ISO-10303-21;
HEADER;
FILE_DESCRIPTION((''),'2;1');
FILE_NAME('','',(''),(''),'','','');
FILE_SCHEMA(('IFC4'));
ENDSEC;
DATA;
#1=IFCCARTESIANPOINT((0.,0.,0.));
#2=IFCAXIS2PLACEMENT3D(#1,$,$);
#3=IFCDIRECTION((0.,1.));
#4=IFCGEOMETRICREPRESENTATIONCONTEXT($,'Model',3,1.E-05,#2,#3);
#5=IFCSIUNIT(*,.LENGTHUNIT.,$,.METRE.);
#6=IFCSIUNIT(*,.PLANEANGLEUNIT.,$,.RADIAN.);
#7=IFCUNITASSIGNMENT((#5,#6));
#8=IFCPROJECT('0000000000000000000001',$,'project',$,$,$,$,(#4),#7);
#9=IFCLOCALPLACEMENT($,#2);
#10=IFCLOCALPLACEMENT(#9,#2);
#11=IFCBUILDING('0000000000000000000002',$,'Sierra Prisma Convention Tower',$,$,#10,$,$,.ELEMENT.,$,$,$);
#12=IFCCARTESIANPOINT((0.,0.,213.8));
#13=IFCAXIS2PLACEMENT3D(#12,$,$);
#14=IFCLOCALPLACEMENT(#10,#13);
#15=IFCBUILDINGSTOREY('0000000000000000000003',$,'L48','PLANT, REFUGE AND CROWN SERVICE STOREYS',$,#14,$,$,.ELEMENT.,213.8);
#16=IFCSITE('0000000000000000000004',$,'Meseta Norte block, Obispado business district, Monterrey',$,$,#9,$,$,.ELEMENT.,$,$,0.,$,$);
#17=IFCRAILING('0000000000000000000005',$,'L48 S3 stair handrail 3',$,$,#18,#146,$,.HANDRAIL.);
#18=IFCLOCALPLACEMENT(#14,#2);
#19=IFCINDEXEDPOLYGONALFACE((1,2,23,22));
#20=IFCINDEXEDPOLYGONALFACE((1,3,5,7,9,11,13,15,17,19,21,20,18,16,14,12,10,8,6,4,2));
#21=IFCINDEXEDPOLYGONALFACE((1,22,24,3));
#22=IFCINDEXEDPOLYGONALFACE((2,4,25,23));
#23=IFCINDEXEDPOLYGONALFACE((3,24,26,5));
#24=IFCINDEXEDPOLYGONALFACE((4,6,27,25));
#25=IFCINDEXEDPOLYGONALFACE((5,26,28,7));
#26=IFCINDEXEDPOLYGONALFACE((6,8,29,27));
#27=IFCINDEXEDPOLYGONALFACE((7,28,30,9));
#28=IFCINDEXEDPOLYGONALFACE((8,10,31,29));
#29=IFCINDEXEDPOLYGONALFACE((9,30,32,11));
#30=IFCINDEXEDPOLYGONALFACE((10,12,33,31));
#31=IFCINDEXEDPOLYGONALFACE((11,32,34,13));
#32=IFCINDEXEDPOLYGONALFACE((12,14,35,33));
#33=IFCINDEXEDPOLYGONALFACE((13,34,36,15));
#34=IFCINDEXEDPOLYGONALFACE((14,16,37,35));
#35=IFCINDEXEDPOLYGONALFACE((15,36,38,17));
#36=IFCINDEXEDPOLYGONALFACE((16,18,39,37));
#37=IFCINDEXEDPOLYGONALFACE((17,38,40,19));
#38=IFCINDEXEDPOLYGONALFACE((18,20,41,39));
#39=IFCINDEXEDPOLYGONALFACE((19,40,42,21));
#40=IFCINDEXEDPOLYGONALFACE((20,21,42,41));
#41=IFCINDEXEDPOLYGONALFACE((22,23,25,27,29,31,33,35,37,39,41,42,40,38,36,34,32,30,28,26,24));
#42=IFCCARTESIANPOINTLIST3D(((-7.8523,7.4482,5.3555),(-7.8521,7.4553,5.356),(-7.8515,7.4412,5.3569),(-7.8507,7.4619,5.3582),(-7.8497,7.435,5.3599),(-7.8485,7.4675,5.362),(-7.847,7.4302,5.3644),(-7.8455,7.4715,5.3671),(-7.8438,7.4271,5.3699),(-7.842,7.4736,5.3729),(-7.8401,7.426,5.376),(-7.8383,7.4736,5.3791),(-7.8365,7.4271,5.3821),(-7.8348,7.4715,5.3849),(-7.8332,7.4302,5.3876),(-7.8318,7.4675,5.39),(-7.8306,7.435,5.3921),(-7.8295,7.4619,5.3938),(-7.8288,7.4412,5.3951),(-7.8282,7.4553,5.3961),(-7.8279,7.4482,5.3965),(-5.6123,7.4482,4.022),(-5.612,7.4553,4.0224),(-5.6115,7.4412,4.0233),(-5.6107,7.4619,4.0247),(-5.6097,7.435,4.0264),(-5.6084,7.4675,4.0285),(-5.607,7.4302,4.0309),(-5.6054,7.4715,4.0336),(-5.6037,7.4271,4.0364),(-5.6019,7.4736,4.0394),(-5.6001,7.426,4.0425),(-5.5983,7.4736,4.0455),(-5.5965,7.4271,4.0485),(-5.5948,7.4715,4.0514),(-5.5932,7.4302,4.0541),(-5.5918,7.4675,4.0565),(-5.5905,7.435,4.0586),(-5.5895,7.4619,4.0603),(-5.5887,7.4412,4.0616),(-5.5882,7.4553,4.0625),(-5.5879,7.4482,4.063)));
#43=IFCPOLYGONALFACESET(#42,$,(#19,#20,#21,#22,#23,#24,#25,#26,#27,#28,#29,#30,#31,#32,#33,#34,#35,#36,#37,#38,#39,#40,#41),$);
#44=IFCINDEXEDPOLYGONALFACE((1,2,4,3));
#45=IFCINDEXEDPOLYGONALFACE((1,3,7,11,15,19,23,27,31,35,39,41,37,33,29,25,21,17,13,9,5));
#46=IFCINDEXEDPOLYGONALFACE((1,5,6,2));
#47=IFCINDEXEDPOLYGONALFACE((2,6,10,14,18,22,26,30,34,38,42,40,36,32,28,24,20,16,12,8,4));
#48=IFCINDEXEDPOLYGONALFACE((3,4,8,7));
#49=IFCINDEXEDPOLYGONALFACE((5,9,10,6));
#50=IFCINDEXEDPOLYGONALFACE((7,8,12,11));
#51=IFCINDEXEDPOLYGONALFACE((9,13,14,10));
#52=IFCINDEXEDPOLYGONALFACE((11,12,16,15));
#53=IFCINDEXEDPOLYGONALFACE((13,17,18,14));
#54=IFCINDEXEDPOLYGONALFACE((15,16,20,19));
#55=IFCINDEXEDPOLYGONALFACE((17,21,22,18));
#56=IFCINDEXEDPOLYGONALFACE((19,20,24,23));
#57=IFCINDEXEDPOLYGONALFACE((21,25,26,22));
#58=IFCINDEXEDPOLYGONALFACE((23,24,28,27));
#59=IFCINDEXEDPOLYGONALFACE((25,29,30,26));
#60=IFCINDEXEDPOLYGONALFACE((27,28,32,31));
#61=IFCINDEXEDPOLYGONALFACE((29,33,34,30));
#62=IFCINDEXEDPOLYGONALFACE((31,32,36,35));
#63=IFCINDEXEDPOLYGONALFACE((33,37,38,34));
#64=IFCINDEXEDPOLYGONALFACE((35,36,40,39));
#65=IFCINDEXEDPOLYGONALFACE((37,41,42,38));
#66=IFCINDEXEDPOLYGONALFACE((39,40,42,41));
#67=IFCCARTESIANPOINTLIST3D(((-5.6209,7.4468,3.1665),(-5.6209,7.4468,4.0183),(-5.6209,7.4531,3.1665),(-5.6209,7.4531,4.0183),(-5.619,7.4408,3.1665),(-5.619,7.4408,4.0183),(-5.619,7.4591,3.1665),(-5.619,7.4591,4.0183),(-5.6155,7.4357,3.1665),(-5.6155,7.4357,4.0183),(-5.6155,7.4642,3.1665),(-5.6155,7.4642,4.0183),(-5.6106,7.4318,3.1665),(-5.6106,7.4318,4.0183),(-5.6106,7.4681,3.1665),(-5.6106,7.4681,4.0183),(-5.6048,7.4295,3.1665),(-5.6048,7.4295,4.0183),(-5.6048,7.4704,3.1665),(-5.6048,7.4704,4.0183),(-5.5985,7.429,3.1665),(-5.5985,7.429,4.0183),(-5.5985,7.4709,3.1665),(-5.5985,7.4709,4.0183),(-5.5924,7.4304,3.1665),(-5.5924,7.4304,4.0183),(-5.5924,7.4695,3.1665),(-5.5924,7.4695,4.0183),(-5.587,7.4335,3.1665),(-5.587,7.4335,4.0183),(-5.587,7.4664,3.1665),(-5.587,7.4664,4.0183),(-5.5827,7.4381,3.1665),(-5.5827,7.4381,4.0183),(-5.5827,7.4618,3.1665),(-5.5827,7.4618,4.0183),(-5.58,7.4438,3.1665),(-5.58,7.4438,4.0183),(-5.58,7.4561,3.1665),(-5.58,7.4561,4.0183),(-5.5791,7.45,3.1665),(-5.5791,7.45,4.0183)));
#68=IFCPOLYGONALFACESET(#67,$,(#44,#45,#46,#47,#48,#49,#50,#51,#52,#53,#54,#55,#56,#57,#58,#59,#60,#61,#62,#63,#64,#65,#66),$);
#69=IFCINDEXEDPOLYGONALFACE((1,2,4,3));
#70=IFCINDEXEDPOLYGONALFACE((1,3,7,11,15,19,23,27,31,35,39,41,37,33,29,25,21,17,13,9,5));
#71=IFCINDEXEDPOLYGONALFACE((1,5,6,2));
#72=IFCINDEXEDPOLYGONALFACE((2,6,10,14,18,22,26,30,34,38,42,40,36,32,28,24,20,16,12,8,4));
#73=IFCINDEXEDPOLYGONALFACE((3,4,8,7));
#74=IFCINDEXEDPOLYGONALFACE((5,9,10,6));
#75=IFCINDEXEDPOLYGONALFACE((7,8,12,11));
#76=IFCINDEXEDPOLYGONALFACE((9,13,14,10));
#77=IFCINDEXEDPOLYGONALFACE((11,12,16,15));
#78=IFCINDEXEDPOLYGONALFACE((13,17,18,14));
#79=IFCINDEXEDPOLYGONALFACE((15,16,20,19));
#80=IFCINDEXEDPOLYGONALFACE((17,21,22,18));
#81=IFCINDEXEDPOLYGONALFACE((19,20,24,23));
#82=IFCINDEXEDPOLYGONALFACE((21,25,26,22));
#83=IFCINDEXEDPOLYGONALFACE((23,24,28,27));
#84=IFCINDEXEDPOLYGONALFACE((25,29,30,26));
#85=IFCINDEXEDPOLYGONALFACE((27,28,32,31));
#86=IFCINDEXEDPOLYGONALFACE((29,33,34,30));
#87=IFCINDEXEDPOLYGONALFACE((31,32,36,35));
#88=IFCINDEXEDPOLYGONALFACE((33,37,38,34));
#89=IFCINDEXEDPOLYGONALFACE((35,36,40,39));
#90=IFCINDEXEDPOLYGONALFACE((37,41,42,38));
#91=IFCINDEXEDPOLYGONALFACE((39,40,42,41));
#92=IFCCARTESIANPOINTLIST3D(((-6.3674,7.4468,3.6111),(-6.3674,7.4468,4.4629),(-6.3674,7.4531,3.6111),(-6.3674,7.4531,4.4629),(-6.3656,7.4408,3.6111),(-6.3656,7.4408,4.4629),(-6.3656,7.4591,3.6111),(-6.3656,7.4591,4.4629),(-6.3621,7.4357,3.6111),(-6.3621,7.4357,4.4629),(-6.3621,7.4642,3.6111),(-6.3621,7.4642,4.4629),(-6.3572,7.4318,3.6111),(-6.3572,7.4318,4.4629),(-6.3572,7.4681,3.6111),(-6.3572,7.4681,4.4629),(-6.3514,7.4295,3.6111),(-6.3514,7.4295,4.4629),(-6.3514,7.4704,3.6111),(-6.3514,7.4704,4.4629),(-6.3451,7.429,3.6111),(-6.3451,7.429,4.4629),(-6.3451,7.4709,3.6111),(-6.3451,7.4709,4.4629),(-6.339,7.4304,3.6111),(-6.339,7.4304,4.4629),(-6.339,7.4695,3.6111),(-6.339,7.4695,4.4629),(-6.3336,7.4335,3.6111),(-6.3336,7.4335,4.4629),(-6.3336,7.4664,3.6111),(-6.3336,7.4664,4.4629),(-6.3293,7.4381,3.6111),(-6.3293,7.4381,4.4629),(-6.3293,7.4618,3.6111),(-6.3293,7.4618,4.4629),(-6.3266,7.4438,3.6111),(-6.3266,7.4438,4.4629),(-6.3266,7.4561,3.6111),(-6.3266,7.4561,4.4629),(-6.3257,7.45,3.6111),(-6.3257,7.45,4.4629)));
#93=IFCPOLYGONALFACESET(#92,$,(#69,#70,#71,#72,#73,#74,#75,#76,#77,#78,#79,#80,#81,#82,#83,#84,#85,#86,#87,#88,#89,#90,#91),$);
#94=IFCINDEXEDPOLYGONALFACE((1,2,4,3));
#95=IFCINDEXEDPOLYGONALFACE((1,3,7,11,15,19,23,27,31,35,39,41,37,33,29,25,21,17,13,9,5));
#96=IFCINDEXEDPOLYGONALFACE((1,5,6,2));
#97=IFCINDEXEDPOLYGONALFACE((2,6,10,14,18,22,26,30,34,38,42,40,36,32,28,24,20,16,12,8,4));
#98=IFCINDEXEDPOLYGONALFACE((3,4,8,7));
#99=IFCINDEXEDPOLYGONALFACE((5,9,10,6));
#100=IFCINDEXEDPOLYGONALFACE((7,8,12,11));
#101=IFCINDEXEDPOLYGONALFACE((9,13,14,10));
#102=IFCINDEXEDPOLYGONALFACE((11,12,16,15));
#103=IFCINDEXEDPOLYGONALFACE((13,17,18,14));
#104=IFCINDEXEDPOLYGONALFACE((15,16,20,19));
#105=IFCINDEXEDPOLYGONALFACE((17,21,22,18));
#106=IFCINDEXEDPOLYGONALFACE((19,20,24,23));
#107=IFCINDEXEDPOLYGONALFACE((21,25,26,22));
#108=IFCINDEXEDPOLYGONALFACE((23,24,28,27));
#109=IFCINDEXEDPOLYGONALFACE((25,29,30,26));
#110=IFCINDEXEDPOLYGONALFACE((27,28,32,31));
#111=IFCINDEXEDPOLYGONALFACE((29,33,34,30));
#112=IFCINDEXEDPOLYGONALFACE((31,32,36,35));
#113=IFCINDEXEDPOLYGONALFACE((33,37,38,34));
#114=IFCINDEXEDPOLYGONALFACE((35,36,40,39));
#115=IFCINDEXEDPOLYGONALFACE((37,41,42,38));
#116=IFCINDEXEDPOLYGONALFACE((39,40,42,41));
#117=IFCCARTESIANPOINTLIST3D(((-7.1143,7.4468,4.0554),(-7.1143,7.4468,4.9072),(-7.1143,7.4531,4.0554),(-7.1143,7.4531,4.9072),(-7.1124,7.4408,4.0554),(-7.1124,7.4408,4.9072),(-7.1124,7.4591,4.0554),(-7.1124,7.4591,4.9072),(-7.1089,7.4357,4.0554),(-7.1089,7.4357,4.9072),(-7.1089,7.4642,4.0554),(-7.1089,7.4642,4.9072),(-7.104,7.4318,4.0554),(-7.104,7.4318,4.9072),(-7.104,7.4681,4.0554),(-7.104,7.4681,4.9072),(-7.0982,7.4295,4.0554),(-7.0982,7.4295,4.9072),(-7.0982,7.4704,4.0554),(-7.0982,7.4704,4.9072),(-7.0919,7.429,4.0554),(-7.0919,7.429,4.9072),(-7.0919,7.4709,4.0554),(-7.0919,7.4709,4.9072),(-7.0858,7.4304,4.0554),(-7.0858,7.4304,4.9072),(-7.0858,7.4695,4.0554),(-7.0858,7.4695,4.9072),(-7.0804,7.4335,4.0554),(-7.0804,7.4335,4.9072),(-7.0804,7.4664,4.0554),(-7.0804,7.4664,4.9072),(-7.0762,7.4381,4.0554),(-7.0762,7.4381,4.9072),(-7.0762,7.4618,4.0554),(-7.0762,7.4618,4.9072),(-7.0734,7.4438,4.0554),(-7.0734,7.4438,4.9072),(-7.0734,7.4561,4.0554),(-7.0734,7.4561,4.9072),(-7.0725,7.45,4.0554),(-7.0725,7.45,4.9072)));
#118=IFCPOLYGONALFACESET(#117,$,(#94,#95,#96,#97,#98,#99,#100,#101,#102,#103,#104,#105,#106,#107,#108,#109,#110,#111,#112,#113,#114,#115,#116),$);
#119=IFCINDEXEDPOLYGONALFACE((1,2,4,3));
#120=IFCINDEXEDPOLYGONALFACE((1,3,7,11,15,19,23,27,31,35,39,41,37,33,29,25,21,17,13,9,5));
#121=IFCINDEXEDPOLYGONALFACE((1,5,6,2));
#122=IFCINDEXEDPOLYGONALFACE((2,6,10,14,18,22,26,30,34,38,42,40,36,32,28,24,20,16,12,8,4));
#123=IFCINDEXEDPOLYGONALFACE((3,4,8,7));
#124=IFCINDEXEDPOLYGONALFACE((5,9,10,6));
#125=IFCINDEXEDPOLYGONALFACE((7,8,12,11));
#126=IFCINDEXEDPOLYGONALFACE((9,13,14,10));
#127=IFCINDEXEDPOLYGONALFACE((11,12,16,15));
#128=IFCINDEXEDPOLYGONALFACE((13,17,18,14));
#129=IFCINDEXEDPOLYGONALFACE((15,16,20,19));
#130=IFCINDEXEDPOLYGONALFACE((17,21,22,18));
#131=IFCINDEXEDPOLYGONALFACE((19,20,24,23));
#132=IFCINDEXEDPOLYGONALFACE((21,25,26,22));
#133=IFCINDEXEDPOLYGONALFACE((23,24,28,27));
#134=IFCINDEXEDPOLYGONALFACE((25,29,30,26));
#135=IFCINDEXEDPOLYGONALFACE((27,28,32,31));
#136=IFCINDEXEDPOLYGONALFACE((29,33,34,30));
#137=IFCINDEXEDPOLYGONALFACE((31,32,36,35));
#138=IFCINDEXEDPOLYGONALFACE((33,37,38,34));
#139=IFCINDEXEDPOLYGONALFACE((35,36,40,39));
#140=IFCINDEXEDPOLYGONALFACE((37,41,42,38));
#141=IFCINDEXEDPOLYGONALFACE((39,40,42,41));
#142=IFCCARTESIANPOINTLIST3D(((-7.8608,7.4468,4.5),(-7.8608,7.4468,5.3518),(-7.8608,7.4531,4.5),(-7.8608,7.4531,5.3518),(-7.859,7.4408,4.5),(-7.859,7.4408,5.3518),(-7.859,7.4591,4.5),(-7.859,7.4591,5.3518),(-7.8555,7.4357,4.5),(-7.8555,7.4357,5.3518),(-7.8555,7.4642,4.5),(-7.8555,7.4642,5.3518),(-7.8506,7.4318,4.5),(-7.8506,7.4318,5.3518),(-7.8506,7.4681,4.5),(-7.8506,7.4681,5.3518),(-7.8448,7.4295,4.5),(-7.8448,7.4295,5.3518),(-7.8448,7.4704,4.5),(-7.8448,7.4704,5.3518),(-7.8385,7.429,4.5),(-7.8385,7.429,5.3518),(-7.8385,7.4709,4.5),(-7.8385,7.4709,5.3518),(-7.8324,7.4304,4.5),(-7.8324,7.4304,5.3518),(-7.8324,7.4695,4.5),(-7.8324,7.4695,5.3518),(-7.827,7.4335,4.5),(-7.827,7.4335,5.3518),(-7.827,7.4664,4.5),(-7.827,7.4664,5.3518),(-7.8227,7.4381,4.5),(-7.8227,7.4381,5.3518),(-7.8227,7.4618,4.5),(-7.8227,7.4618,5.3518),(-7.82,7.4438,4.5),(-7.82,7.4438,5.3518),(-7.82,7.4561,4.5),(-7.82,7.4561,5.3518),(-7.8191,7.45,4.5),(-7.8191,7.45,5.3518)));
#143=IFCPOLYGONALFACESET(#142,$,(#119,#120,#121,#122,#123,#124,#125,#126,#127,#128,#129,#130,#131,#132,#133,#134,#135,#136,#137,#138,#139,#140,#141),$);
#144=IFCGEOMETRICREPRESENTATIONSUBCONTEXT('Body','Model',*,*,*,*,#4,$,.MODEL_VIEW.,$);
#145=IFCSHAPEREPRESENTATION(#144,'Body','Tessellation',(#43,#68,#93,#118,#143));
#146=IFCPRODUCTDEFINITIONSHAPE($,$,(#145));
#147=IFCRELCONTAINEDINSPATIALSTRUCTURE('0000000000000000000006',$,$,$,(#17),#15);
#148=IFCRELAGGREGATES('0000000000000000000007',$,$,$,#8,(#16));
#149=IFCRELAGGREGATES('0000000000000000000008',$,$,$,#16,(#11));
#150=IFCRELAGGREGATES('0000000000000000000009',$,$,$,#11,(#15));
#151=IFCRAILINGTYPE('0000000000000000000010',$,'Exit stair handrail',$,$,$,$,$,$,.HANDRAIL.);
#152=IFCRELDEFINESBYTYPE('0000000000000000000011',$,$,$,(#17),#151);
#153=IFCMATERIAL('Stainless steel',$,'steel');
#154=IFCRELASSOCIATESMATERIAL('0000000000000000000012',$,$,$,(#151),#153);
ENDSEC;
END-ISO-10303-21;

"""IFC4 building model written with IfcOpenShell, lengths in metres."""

from ifc_helpers import new_model, si_unit, direction, frame, origin, origin_2d, place, context, subcontext, project, spatial, circle, extrude, material, type_object, element, save


model = new_model("IFC4")

# Units and contexts
model_context = context("Model", 3, precision=1e-05, world=origin(), true_north=direction((0.0, 1.0)))
body_context = subcontext(model_context, "Body", "Model", "MODEL_VIEW")
ifc_project = project(units=[si_unit("LENGTHUNIT", "METRE"), si_unit("PLANEANGLEUNIT", "RADIAN")], contexts=[model_context])

# Site, building, storey
site_placement = place(None, origin())
site = spatial("IfcSite", under=ifc_project, at=site_placement, Name="Meseta Norte block, Obispado business district, Monterrey", CompositionType="ELEMENT", RefElevation=0.0)
building_placement = place(site_placement, origin())
building = spatial("IfcBuilding", under=site, at=building_placement, Name="Sierra Prisma Convention Tower", CompositionType="ELEMENT")
storey_placement = place(building_placement, frame((0.0, 0.0, 213.8)))
storey = spatial("IfcBuildingStorey", under=building, at=storey_placement, Name="L48", Description="PLANT, REFUGE AND CROWN SERVICE STOREYS", CompositionType="ELEMENT", Elevation=213.8)

# Railing
ifc_material_1 = material(Name="Stainless steel", Category="steel")
railing_type_1 = type_object("IfcRailingType", Name="Exit stair handrail", PredefinedType="HANDRAIL", material=ifc_material_1)
for number, where, name in (
    (1, (-5.6001, 7.45, 3.1665), "L48 S3 stair handrail 3"),
):
    element("IfcRailing", number, at=place(storey_placement, frame(where)), inside=storey, type_object=railing_type_1, Name=name, PredefinedType="HANDRAIL", context=body_context, shape_type="SweptSolid", body=[
        extrude(circle(Radius=0.0239, at=origin_2d()), frame((0.0, 0.0, 0.876), z_axis=(-0.859264, 0.0, 0.511532), x_axis=(0.0, -1.0, 0.0)), (0.0, 0.0, 1.0), 2.6069),
        extrude(circle(Radius=0.021, at=origin_2d()), origin(), (0.0, 0.0, 1.0), 0.8518),
        extrude(circle(Radius=0.021, at=origin_2d()), frame((-0.7466, 0.0, 0.4446)), (0.0, 0.0, 1.0), 0.8518),
        extrude(circle(Radius=0.021, at=origin_2d()), frame((-1.4934, 0.0, 0.8889)), (0.0, 0.0, 1.0), 0.8518),
        extrude(circle(Radius=0.021, at=origin_2d()), frame((-2.24, 0.0, 1.3335)), (0.0, 0.0, 1.0), 0.8518),
    ])

save(model, "model.ifc")
